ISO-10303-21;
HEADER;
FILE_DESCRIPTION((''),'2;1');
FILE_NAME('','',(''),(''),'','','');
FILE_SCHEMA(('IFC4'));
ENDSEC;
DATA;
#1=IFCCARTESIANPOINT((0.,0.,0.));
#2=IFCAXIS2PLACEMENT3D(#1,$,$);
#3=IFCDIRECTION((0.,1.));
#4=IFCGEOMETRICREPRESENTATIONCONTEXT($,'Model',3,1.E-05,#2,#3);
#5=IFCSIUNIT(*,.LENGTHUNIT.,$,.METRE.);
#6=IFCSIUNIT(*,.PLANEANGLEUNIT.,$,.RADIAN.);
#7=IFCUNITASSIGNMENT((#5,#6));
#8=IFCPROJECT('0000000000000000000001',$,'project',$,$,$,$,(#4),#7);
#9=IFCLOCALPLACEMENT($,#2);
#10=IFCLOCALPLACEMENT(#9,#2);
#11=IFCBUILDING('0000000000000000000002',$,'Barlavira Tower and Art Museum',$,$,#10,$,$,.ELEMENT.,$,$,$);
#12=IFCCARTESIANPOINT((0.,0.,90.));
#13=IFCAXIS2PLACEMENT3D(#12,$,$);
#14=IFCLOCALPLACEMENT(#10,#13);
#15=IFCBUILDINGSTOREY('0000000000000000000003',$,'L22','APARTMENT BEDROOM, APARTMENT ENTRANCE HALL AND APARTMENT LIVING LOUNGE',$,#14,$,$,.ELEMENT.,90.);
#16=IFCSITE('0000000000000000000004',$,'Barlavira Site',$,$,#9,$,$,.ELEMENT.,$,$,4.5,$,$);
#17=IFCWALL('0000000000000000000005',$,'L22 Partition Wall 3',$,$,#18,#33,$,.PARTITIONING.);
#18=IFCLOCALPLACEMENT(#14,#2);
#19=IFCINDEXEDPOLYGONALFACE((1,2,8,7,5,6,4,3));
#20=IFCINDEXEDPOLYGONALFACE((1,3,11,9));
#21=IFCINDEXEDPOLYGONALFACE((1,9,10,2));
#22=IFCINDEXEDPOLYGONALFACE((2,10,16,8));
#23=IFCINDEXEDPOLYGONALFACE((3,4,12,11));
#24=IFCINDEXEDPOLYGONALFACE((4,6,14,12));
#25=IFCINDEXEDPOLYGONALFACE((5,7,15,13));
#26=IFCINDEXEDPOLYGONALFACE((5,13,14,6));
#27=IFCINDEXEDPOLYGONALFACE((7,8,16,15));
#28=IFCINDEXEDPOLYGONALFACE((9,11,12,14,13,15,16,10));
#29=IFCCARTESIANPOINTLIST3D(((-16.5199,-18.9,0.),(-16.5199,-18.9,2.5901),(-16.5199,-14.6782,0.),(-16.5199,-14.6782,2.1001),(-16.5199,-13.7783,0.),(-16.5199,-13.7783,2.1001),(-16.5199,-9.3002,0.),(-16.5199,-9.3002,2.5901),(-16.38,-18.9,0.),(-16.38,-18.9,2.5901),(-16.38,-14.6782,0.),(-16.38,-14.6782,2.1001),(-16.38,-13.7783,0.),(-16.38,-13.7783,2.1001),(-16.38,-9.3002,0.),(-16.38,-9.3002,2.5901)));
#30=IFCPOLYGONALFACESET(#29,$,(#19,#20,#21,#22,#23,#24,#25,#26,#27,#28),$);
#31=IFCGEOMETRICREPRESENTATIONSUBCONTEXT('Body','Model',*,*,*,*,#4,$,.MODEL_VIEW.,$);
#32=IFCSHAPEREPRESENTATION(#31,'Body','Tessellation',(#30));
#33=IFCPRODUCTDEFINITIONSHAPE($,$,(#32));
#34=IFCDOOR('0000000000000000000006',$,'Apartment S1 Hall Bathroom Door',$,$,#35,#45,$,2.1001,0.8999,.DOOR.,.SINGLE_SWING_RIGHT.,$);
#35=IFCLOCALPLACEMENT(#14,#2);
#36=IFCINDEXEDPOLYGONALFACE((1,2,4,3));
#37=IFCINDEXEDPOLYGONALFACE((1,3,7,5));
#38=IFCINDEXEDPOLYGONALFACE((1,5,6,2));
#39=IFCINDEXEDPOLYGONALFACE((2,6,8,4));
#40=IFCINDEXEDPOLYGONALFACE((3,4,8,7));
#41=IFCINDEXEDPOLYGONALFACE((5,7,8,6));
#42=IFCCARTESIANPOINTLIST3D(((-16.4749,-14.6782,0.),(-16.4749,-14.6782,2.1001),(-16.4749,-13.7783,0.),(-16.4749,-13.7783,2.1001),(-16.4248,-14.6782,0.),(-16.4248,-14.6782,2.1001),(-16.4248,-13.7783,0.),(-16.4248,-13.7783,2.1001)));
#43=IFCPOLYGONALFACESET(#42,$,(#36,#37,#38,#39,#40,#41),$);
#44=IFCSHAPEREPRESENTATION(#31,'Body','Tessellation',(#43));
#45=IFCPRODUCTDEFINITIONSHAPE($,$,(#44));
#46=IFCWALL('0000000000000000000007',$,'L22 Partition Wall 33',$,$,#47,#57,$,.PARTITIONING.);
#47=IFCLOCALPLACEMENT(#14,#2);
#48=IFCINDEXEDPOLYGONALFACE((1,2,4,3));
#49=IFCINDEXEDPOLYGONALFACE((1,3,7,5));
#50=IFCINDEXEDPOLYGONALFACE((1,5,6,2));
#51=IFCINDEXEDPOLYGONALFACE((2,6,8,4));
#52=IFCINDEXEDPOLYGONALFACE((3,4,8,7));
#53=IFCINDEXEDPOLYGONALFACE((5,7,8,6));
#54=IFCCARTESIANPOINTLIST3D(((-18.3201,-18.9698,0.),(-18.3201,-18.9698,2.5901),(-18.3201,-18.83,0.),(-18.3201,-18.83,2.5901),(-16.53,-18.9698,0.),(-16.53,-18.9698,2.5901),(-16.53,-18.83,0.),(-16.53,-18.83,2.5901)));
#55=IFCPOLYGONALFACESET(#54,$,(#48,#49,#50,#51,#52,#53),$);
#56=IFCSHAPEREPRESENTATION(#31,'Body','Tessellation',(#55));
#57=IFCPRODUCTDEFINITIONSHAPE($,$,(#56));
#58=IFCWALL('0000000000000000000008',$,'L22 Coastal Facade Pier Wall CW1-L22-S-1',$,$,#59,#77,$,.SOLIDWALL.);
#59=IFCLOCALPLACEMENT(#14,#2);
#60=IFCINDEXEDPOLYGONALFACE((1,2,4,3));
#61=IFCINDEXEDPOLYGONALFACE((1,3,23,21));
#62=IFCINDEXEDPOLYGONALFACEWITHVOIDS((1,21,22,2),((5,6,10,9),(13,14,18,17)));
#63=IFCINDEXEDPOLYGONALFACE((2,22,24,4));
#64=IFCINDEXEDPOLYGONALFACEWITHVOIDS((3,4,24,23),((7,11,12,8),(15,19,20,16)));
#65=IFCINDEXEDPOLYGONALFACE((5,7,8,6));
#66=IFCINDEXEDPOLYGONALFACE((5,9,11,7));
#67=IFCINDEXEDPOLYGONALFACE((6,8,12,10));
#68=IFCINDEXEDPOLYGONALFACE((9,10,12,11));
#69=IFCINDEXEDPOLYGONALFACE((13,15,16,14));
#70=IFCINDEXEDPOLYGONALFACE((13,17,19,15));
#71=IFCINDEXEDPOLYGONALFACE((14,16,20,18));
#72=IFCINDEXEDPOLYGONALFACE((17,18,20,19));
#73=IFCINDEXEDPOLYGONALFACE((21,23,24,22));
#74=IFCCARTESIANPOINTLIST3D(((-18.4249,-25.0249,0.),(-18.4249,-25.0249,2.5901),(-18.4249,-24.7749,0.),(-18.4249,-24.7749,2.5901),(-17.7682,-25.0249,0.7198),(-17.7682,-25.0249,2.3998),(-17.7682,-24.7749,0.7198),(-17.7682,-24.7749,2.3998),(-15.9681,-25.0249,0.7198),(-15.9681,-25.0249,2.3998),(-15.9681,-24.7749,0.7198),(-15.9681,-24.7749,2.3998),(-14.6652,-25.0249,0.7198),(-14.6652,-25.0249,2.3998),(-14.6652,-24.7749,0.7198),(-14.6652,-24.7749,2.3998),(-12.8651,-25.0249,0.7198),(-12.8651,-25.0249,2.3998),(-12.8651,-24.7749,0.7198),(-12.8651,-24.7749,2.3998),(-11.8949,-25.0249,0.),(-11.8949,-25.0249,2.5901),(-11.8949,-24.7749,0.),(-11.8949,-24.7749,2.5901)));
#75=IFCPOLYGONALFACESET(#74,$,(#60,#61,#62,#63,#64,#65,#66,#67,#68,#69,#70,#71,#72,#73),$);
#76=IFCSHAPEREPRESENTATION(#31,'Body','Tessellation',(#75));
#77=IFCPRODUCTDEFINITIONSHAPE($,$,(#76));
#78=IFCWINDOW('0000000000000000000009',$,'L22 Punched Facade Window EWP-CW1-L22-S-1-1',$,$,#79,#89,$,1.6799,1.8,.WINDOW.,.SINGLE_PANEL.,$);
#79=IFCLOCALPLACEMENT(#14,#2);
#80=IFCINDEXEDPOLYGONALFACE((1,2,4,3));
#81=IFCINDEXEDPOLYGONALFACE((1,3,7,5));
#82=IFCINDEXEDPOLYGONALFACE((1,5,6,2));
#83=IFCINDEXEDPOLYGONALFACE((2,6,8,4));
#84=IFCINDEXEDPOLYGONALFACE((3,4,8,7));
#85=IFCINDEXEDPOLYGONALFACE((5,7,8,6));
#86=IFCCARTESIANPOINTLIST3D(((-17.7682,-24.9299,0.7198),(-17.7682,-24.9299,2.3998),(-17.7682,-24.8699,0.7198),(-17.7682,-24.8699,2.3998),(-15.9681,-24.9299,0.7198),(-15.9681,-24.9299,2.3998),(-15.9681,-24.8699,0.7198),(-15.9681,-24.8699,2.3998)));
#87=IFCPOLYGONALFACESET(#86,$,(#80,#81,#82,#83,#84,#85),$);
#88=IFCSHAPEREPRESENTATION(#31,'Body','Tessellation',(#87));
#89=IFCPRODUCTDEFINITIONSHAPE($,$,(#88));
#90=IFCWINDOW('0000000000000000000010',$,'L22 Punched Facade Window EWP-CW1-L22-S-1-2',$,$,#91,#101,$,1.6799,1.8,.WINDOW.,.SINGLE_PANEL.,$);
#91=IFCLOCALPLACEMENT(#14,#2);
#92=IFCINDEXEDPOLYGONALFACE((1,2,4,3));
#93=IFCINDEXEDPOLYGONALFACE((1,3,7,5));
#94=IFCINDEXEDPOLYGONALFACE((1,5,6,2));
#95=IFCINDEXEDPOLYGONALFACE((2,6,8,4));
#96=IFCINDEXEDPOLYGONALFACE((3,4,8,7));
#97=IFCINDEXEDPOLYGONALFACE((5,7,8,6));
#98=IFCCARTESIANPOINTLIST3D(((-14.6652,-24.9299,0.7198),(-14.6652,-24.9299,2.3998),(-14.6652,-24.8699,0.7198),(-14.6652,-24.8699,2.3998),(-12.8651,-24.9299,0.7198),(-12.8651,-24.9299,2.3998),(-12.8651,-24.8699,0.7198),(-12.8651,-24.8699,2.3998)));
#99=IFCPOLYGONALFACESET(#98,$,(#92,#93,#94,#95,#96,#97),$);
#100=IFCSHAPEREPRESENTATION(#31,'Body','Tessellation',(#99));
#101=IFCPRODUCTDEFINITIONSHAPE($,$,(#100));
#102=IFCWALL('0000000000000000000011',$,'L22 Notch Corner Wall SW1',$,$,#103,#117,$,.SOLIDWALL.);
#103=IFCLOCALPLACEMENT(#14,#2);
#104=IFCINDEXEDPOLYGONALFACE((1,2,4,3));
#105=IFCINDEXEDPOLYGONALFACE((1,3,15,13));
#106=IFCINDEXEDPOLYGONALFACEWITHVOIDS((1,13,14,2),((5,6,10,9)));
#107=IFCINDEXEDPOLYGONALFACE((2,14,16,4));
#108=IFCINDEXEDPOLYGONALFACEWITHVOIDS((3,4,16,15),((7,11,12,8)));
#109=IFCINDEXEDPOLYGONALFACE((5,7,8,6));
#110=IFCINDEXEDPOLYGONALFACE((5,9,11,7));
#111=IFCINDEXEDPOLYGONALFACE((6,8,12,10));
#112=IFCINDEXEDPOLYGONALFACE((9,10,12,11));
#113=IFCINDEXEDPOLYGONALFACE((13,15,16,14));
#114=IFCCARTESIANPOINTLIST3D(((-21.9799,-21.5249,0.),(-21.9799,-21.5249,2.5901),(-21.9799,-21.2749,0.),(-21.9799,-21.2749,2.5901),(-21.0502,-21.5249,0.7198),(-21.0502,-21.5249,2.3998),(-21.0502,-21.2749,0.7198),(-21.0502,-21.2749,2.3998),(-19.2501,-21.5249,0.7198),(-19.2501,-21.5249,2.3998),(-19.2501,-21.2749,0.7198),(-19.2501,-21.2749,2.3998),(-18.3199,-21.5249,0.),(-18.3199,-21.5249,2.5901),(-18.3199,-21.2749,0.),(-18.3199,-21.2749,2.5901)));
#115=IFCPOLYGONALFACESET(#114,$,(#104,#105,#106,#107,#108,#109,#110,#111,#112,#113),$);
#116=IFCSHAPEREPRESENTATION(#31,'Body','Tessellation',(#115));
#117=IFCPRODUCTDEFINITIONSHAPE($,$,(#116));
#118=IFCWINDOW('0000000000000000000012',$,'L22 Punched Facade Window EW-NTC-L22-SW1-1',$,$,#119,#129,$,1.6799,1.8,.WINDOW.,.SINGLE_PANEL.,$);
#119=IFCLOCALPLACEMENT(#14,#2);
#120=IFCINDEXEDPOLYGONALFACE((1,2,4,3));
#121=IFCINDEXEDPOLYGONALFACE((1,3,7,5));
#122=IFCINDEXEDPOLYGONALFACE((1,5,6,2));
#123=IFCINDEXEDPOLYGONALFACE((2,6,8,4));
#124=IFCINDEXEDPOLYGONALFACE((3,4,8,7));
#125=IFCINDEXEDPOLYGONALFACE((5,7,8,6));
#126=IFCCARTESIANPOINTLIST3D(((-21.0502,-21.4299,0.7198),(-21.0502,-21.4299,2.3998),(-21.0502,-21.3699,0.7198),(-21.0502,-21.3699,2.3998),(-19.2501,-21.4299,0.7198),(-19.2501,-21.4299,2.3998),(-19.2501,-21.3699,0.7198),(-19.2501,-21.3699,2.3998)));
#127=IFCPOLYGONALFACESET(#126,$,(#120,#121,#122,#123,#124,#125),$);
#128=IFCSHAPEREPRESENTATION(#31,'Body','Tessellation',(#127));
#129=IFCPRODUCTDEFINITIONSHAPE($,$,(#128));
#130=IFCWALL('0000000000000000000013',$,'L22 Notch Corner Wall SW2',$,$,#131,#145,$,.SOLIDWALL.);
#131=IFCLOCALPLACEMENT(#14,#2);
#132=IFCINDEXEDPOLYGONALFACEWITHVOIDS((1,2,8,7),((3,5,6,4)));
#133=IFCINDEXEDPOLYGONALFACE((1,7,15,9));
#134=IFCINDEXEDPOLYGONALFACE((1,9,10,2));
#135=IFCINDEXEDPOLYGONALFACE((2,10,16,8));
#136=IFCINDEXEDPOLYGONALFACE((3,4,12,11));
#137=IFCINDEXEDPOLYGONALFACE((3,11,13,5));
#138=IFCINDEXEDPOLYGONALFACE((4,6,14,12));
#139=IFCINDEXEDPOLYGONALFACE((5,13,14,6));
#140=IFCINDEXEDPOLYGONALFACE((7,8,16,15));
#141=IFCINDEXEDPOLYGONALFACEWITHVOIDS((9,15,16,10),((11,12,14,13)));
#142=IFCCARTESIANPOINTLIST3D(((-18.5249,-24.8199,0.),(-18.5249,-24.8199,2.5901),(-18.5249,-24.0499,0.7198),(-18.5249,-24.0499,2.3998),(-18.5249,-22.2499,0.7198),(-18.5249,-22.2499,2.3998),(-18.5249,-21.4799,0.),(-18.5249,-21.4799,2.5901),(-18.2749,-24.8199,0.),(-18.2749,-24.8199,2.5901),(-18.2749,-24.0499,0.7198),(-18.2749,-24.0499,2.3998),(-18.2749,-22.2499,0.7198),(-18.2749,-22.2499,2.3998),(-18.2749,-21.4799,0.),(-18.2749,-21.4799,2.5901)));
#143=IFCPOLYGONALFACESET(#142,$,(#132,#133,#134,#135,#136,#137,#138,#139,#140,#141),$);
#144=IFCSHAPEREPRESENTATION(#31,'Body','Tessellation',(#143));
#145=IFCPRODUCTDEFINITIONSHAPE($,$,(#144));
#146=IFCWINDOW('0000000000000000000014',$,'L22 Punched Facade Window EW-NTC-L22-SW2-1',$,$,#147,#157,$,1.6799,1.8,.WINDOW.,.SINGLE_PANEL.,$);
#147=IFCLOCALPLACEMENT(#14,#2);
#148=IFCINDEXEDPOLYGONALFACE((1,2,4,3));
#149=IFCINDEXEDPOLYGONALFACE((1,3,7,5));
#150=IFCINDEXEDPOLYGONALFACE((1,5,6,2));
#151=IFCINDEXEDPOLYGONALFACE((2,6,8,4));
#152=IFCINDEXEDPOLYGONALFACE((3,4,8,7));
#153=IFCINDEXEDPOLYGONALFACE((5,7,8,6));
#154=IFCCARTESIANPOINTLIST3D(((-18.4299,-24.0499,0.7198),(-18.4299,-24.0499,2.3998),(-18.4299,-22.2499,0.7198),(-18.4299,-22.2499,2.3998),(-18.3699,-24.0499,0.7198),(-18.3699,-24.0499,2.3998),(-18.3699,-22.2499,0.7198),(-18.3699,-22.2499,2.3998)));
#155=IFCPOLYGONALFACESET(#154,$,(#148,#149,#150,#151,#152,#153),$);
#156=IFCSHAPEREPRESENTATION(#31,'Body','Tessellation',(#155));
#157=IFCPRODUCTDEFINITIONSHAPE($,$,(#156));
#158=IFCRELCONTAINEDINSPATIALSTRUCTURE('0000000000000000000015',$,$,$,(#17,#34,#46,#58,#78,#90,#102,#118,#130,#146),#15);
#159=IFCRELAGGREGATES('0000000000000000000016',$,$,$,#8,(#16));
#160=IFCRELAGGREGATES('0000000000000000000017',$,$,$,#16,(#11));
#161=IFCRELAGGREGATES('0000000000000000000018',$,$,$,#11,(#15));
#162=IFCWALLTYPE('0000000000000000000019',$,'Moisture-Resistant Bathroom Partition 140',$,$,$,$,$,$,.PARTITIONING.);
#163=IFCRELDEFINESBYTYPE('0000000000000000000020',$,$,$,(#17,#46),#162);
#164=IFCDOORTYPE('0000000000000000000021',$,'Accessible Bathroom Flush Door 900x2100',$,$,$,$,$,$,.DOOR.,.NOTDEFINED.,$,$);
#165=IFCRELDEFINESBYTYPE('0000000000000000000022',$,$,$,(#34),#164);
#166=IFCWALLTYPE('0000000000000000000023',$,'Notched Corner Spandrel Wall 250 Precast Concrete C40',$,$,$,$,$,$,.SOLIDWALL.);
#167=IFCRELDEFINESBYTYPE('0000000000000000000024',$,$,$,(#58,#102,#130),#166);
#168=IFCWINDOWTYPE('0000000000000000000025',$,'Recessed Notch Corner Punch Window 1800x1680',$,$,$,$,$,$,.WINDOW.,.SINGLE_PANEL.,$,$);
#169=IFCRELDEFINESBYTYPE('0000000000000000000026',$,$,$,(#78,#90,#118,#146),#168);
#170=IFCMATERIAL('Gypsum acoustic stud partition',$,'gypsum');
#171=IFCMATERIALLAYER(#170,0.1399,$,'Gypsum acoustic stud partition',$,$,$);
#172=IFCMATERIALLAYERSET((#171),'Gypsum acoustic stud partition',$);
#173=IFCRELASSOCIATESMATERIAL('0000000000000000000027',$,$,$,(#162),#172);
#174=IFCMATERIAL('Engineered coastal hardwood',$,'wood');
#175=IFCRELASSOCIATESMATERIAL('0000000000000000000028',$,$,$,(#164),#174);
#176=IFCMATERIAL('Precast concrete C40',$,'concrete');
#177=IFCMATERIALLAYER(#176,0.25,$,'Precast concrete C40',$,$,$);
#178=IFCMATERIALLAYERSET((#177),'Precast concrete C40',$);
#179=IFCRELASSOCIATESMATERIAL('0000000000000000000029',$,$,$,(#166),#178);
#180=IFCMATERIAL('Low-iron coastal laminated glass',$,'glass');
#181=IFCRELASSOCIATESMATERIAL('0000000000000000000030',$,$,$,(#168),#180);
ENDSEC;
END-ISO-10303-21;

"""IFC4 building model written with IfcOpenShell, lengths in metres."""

from ifc_helpers import new_model, si_unit, direction, frame, frame_2d, origin, place, context, subcontext, project, spatial, rectangle, extrude, material, layer, layer_set, type_object, element, fill, save


model = new_model("IFC4")

# Units and contexts
model_context = context("Model", 3, precision=1e-05, world=origin(), true_north=direction((0.0, 1.0)))
body_context = subcontext(model_context, "Body", "Model", "MODEL_VIEW")
ifc_project = project(units=[si_unit("LENGTHUNIT", "METRE"), si_unit("PLANEANGLEUNIT", "RADIAN")], contexts=[model_context])

# Site, building, storey
site_placement = place(None, origin())
site = spatial("IfcSite", under=ifc_project, at=site_placement, Name="Barlavira Site", CompositionType="ELEMENT", RefElevation=4.5)
building_placement = place(site_placement, origin())
building = spatial("IfcBuilding", under=site, at=building_placement, Name="Barlavira Tower and Art Museum", CompositionType="ELEMENT")
storey_placement = place(building_placement, frame((0.0, 0.0, 90.0)))
storey = spatial("IfcBuildingStorey", under=building, at=storey_placement, Name="L22", Description="APARTMENT BEDROOM, APARTMENT ENTRANCE HALL AND APARTMENT LIVING LOUNGE", CompositionType="ELEMENT", Elevation=90.0)

# Shared definitions
ifc_material_1 = material(Name="Gypsum acoustic stud partition", Category="gypsum")
ifc_material_2 = material(Name="Engineered coastal hardwood", Category="wood")

# Wall, opening, door
ifc_layer_1 = layer(ifc_material_1, 0.1399, Name="Gypsum acoustic stud partition")
ifc_layer_set_1 = layer_set([ifc_layer_1], Name="Gypsum acoustic stud partition")
wall_type_1 = type_object("IfcWallType", Name="Moisture-Resistant Bathroom Partition 140", PredefinedType="PARTITIONING", material=ifc_layer_set_1)
wall_1_placement = place(storey_placement, frame((-16.45, -18.8999, 0.0), z_axis=(0.0, 0.0, 1.0), x_axis=(0.0, 1.0, 0.0)))
wall_1 = element("IfcWall", 1, at=wall_1_placement, inside=storey, type_object=wall_type_1, Name="L22 Partition Wall 3", PredefinedType="PARTITIONING", context=body_context, shape_type="SweptSolid", body=[
    extrude(rectangle(XDim=9.5999, YDim=0.1399, at=frame_2d((4.7998, 0.0))), origin(), (0.0, 0.0, 1.0), 2.5901),
])
opening_1_placement = place(wall_1_placement, frame((4.2217, 0.0, 0.0)))
opening_1 = element("IfcOpeningElement", 2, at=opening_1_placement, cuts=wall_1, PredefinedType="OPENING", context=body_context, shape_type="SweptSolid", body=[
    extrude(rectangle(XDim=0.8999, YDim=2.1001, at=frame_2d((0.45, 1.05))), frame((0.0, 0.0801, 0.0), z_axis=(0.0, -1.0, 0.0), x_axis=(1.0, 0.0, 0.0)), (0.0, 0.0, 1.0), 0.1599),
])
door_type_1 = type_object("IfcDoorType", Name="Accessible Bathroom Flush Door 900x2100", OperationType="NOTDEFINED", PredefinedType="DOOR", material=ifc_material_2)
door_1_placement = place(opening_1_placement, origin())
door_1 = element("IfcDoor", 3, at=door_1_placement, inside=storey, type_object=door_type_1, Name="Apartment S1 Hall Bathroom Door", OperationType="SINGLE_SWING_RIGHT", OverallHeight=2.1001, OverallWidth=0.8999, PredefinedType="DOOR", context=body_context, shape_type="SweptSolid", body=[
    extrude(rectangle(XDim=0.8999, YDim=2.1001, at=frame_2d((0.45, 1.05))), frame((0.0, 0.0249, 0.0), z_axis=(0.0, -1.0, 0.0), x_axis=(1.0, 0.0, 0.0)), (0.0, 0.0, 1.0), 0.05),
])
fill(opening_1, door_1)

# Wall
wall_2_placement = place(storey_placement, frame((-18.3201, -18.8999, 0.0), z_axis=(0.0, 0.0, 1.0), x_axis=(1.0, 0.0, 0.0)))
element("IfcWall", 4, at=wall_2_placement, inside=storey, type_object=wall_type_1, Name="L22 Partition Wall 33", PredefinedType="PARTITIONING", context=body_context, shape_type="SweptSolid", body=[
    extrude(rectangle(XDim=1.79, YDim=0.1399, at=frame_2d((0.895, 0.0))), origin(), (0.0, 0.0, 1.0), 2.5901),
])

# Wall, openings, windows
ifc_material_3 = material(Name="Precast concrete C40", Category="concrete")
ifc_layer_2 = layer(ifc_material_3, 0.25, Name="Precast concrete C40")
ifc_layer_set_2 = layer_set([ifc_layer_2], Name="Precast concrete C40")
wall_type_2 = type_object("IfcWallType", Name="Notched Corner Spandrel Wall 250 Precast Concrete C40", PredefinedType="SOLIDWALL", material=ifc_layer_set_2)
wall_3_placement = place(storey_placement, frame((-18.425, -24.8999, 0.0), z_axis=(0.0, 0.0, 1.0), x_axis=(1.0, 0.0, 0.0)))
wall_3 = element("IfcWall", 5, at=wall_3_placement, inside=storey, type_object=wall_type_2, Name="L22 Coastal Facade Pier Wall CW1-L22-S-1", PredefinedType="SOLIDWALL", context=body_context, shape_type="SweptSolid", body=[
    extrude(rectangle(XDim=6.53, YDim=0.25, at=frame_2d((3.2651, 0.0))), origin(), (0.0, 0.0, 1.0), 2.5901),
])
opening_2_placement = place(wall_3_placement, frame((0.657, 0.0, 0.72)))
opening_2 = element("IfcOpeningElement", 6, at=opening_2_placement, cuts=wall_3, PredefinedType="OPENING", context=body_context, shape_type="SweptSolid", body=[
    extrude(rectangle(XDim=1.8, YDim=1.6799, at=frame_2d((0.8999, 0.8398))), frame((0.0, 0.135, 0.0), z_axis=(0.0, -1.0, 0.0), x_axis=(1.0, 0.0, 0.0)), (0.0, 0.0, 1.0), 0.27),
])
opening_3_placement = place(wall_3_placement, frame((3.76, 0.0, 0.72)))
opening_3 = element("IfcOpeningElement", 7, at=opening_3_placement, cuts=wall_3, PredefinedType="OPENING", context=body_context, shape_type="SweptSolid", body=[
    extrude(rectangle(XDim=1.8, YDim=1.6799, at=frame_2d((0.8999, 0.8398))), frame((0.0, 0.135, 0.0), z_axis=(0.0, -1.0, 0.0), x_axis=(1.0, 0.0, 0.0)), (0.0, 0.0, 1.0), 0.27),
])
ifc_material_4 = material(Name="Low-iron coastal laminated glass", Category="glass")
window_type = type_object("IfcWindowType", Name="Recessed Notch Corner Punch Window 1800x1680", PartitioningType="SINGLE_PANEL", PredefinedType="WINDOW", material=ifc_material_4)
window_1_placement = place(opening_2_placement, origin())
window_1 = element("IfcWindow", 8, at=window_1_placement, inside=storey, type_object=window_type, Name="L22 Punched Facade Window EWP-CW1-L22-S-1-1", OverallHeight=1.6799, OverallWidth=1.8, PartitioningType="SINGLE_PANEL", PredefinedType="WINDOW", context=body_context, shape_type="SweptSolid", body=[
    extrude(rectangle(XDim=1.8, YDim=1.6799, at=frame_2d((0.8999, 0.8398))), frame((0.0, 0.03, 0.0), z_axis=(0.0, -1.0, 0.0), x_axis=(1.0, 0.0, 0.0)), (0.0, 0.0, 1.0), 0.0601),
])
fill(opening_2, window_1)
window_2_placement = place(opening_3_placement, origin())
window_2 = element("IfcWindow", 9, at=window_2_placement, inside=storey, type_object=window_type, Name="L22 Punched Facade Window EWP-CW1-L22-S-1-2", OverallHeight=1.6799, OverallWidth=1.8, PartitioningType="SINGLE_PANEL", PredefinedType="WINDOW", context=body_context, shape_type="SweptSolid", body=[
    extrude(rectangle(XDim=1.8, YDim=1.6799, at=frame_2d((0.8999, 0.8398))), frame((0.0, 0.03, 0.0), z_axis=(0.0, -1.0, 0.0), x_axis=(1.0, 0.0, 0.0)), (0.0, 0.0, 1.0), 0.0601),
])
fill(opening_3, window_2)

# Walls, openings, windows
wall_4_placement = place(storey_placement, frame((-21.98, -21.3999, 0.0), z_axis=(0.0, 0.0, 1.0), x_axis=(1.0, 0.0, 0.0)))
wall_4 = element("IfcWall", 10, at=wall_4_placement, inside=storey, type_object=wall_type_2, Name="L22 Notch Corner Wall SW1", PredefinedType="SOLIDWALL", context=body_context, shape_type="SweptSolid", body=[
    extrude(rectangle(XDim=3.6599, YDim=0.25, at=frame_2d((1.8301, 0.0))), origin(), (0.0, 0.0, 1.0), 2.5901),
])
opening_4_placement = place(wall_4_placement, frame((0.9299, 0.0, 0.72)))
opening_4 = element("IfcOpeningElement", 11, at=opening_4_placement, cuts=wall_4, PredefinedType="OPENING", context=body_context, shape_type="SweptSolid", body=[
    extrude(rectangle(XDim=1.8, YDim=1.6799, at=frame_2d((0.8999, 0.8398))), frame((0.0, 0.135, 0.0), z_axis=(0.0, -1.0, 0.0), x_axis=(1.0, 0.0, 0.0)), (0.0, 0.0, 1.0), 0.27),
])
window_3_placement = place(opening_4_placement, origin())
window_3 = element("IfcWindow", 12, at=window_3_placement, inside=storey, type_object=window_type, Name="L22 Punched Facade Window EW-NTC-L22-SW1-1", OverallHeight=1.6799, OverallWidth=1.8, PartitioningType="SINGLE_PANEL", PredefinedType="WINDOW", context=body_context, shape_type="SweptSolid", body=[
    extrude(rectangle(XDim=1.8, YDim=1.6799, at=frame_2d((0.8999, 0.8398))), frame((0.0, 0.03, 0.0), z_axis=(0.0, -1.0, 0.0), x_axis=(1.0, 0.0, 0.0)), (0.0, 0.0, 1.0), 0.0601),
])
fill(opening_4, window_3)
wall_5_placement = place(storey_placement, frame((-18.3999, -21.48, 0.0), z_axis=(0.0, 0.0, 1.0), x_axis=(0.0, -1.0, 0.0)))
wall_5 = element("IfcWall", 13, at=wall_5_placement, inside=storey, type_object=wall_type_2, Name="L22 Notch Corner Wall SW2", PredefinedType="SOLIDWALL", context=body_context, shape_type="SweptSolid", body=[
    extrude(rectangle(XDim=3.3401, YDim=0.25, at=frame_2d((1.6699, 0.0))), origin(), (0.0, 0.0, 1.0), 2.5901),
])
opening_5_placement = place(wall_5_placement, frame((0.77, 0.0, 0.72)))
opening_5 = element("IfcOpeningElement", 14, at=opening_5_placement, cuts=wall_5, PredefinedType="OPENING", context=body_context, shape_type="SweptSolid", body=[
    extrude(rectangle(XDim=1.8, YDim=1.6799, at=frame_2d((0.8999, 0.8398))), frame((0.0, 0.135, 0.0), z_axis=(0.0, -1.0, 0.0), x_axis=(1.0, 0.0, 0.0)), (0.0, 0.0, 1.0), 0.27),
])
window_4_placement = place(opening_5_placement, origin())
window_4 = element("IfcWindow", 15, at=window_4_placement, inside=storey, type_object=window_type, Name="L22 Punched Facade Window EW-NTC-L22-SW2-1", OverallHeight=1.6799, OverallWidth=1.8, PartitioningType="SINGLE_PANEL", PredefinedType="WINDOW", context=body_context, shape_type="SweptSolid", body=[
    extrude(rectangle(XDim=1.8, YDim=1.6799, at=frame_2d((0.8999, 0.8398))), frame((0.0, 0.03, 0.0), z_axis=(0.0, -1.0, 0.0), x_axis=(1.0, 0.0, 0.0)), (0.0, 0.0, 1.0), 0.0601),
])
fill(opening_5, window_4)

save(model, "model.ifc")
